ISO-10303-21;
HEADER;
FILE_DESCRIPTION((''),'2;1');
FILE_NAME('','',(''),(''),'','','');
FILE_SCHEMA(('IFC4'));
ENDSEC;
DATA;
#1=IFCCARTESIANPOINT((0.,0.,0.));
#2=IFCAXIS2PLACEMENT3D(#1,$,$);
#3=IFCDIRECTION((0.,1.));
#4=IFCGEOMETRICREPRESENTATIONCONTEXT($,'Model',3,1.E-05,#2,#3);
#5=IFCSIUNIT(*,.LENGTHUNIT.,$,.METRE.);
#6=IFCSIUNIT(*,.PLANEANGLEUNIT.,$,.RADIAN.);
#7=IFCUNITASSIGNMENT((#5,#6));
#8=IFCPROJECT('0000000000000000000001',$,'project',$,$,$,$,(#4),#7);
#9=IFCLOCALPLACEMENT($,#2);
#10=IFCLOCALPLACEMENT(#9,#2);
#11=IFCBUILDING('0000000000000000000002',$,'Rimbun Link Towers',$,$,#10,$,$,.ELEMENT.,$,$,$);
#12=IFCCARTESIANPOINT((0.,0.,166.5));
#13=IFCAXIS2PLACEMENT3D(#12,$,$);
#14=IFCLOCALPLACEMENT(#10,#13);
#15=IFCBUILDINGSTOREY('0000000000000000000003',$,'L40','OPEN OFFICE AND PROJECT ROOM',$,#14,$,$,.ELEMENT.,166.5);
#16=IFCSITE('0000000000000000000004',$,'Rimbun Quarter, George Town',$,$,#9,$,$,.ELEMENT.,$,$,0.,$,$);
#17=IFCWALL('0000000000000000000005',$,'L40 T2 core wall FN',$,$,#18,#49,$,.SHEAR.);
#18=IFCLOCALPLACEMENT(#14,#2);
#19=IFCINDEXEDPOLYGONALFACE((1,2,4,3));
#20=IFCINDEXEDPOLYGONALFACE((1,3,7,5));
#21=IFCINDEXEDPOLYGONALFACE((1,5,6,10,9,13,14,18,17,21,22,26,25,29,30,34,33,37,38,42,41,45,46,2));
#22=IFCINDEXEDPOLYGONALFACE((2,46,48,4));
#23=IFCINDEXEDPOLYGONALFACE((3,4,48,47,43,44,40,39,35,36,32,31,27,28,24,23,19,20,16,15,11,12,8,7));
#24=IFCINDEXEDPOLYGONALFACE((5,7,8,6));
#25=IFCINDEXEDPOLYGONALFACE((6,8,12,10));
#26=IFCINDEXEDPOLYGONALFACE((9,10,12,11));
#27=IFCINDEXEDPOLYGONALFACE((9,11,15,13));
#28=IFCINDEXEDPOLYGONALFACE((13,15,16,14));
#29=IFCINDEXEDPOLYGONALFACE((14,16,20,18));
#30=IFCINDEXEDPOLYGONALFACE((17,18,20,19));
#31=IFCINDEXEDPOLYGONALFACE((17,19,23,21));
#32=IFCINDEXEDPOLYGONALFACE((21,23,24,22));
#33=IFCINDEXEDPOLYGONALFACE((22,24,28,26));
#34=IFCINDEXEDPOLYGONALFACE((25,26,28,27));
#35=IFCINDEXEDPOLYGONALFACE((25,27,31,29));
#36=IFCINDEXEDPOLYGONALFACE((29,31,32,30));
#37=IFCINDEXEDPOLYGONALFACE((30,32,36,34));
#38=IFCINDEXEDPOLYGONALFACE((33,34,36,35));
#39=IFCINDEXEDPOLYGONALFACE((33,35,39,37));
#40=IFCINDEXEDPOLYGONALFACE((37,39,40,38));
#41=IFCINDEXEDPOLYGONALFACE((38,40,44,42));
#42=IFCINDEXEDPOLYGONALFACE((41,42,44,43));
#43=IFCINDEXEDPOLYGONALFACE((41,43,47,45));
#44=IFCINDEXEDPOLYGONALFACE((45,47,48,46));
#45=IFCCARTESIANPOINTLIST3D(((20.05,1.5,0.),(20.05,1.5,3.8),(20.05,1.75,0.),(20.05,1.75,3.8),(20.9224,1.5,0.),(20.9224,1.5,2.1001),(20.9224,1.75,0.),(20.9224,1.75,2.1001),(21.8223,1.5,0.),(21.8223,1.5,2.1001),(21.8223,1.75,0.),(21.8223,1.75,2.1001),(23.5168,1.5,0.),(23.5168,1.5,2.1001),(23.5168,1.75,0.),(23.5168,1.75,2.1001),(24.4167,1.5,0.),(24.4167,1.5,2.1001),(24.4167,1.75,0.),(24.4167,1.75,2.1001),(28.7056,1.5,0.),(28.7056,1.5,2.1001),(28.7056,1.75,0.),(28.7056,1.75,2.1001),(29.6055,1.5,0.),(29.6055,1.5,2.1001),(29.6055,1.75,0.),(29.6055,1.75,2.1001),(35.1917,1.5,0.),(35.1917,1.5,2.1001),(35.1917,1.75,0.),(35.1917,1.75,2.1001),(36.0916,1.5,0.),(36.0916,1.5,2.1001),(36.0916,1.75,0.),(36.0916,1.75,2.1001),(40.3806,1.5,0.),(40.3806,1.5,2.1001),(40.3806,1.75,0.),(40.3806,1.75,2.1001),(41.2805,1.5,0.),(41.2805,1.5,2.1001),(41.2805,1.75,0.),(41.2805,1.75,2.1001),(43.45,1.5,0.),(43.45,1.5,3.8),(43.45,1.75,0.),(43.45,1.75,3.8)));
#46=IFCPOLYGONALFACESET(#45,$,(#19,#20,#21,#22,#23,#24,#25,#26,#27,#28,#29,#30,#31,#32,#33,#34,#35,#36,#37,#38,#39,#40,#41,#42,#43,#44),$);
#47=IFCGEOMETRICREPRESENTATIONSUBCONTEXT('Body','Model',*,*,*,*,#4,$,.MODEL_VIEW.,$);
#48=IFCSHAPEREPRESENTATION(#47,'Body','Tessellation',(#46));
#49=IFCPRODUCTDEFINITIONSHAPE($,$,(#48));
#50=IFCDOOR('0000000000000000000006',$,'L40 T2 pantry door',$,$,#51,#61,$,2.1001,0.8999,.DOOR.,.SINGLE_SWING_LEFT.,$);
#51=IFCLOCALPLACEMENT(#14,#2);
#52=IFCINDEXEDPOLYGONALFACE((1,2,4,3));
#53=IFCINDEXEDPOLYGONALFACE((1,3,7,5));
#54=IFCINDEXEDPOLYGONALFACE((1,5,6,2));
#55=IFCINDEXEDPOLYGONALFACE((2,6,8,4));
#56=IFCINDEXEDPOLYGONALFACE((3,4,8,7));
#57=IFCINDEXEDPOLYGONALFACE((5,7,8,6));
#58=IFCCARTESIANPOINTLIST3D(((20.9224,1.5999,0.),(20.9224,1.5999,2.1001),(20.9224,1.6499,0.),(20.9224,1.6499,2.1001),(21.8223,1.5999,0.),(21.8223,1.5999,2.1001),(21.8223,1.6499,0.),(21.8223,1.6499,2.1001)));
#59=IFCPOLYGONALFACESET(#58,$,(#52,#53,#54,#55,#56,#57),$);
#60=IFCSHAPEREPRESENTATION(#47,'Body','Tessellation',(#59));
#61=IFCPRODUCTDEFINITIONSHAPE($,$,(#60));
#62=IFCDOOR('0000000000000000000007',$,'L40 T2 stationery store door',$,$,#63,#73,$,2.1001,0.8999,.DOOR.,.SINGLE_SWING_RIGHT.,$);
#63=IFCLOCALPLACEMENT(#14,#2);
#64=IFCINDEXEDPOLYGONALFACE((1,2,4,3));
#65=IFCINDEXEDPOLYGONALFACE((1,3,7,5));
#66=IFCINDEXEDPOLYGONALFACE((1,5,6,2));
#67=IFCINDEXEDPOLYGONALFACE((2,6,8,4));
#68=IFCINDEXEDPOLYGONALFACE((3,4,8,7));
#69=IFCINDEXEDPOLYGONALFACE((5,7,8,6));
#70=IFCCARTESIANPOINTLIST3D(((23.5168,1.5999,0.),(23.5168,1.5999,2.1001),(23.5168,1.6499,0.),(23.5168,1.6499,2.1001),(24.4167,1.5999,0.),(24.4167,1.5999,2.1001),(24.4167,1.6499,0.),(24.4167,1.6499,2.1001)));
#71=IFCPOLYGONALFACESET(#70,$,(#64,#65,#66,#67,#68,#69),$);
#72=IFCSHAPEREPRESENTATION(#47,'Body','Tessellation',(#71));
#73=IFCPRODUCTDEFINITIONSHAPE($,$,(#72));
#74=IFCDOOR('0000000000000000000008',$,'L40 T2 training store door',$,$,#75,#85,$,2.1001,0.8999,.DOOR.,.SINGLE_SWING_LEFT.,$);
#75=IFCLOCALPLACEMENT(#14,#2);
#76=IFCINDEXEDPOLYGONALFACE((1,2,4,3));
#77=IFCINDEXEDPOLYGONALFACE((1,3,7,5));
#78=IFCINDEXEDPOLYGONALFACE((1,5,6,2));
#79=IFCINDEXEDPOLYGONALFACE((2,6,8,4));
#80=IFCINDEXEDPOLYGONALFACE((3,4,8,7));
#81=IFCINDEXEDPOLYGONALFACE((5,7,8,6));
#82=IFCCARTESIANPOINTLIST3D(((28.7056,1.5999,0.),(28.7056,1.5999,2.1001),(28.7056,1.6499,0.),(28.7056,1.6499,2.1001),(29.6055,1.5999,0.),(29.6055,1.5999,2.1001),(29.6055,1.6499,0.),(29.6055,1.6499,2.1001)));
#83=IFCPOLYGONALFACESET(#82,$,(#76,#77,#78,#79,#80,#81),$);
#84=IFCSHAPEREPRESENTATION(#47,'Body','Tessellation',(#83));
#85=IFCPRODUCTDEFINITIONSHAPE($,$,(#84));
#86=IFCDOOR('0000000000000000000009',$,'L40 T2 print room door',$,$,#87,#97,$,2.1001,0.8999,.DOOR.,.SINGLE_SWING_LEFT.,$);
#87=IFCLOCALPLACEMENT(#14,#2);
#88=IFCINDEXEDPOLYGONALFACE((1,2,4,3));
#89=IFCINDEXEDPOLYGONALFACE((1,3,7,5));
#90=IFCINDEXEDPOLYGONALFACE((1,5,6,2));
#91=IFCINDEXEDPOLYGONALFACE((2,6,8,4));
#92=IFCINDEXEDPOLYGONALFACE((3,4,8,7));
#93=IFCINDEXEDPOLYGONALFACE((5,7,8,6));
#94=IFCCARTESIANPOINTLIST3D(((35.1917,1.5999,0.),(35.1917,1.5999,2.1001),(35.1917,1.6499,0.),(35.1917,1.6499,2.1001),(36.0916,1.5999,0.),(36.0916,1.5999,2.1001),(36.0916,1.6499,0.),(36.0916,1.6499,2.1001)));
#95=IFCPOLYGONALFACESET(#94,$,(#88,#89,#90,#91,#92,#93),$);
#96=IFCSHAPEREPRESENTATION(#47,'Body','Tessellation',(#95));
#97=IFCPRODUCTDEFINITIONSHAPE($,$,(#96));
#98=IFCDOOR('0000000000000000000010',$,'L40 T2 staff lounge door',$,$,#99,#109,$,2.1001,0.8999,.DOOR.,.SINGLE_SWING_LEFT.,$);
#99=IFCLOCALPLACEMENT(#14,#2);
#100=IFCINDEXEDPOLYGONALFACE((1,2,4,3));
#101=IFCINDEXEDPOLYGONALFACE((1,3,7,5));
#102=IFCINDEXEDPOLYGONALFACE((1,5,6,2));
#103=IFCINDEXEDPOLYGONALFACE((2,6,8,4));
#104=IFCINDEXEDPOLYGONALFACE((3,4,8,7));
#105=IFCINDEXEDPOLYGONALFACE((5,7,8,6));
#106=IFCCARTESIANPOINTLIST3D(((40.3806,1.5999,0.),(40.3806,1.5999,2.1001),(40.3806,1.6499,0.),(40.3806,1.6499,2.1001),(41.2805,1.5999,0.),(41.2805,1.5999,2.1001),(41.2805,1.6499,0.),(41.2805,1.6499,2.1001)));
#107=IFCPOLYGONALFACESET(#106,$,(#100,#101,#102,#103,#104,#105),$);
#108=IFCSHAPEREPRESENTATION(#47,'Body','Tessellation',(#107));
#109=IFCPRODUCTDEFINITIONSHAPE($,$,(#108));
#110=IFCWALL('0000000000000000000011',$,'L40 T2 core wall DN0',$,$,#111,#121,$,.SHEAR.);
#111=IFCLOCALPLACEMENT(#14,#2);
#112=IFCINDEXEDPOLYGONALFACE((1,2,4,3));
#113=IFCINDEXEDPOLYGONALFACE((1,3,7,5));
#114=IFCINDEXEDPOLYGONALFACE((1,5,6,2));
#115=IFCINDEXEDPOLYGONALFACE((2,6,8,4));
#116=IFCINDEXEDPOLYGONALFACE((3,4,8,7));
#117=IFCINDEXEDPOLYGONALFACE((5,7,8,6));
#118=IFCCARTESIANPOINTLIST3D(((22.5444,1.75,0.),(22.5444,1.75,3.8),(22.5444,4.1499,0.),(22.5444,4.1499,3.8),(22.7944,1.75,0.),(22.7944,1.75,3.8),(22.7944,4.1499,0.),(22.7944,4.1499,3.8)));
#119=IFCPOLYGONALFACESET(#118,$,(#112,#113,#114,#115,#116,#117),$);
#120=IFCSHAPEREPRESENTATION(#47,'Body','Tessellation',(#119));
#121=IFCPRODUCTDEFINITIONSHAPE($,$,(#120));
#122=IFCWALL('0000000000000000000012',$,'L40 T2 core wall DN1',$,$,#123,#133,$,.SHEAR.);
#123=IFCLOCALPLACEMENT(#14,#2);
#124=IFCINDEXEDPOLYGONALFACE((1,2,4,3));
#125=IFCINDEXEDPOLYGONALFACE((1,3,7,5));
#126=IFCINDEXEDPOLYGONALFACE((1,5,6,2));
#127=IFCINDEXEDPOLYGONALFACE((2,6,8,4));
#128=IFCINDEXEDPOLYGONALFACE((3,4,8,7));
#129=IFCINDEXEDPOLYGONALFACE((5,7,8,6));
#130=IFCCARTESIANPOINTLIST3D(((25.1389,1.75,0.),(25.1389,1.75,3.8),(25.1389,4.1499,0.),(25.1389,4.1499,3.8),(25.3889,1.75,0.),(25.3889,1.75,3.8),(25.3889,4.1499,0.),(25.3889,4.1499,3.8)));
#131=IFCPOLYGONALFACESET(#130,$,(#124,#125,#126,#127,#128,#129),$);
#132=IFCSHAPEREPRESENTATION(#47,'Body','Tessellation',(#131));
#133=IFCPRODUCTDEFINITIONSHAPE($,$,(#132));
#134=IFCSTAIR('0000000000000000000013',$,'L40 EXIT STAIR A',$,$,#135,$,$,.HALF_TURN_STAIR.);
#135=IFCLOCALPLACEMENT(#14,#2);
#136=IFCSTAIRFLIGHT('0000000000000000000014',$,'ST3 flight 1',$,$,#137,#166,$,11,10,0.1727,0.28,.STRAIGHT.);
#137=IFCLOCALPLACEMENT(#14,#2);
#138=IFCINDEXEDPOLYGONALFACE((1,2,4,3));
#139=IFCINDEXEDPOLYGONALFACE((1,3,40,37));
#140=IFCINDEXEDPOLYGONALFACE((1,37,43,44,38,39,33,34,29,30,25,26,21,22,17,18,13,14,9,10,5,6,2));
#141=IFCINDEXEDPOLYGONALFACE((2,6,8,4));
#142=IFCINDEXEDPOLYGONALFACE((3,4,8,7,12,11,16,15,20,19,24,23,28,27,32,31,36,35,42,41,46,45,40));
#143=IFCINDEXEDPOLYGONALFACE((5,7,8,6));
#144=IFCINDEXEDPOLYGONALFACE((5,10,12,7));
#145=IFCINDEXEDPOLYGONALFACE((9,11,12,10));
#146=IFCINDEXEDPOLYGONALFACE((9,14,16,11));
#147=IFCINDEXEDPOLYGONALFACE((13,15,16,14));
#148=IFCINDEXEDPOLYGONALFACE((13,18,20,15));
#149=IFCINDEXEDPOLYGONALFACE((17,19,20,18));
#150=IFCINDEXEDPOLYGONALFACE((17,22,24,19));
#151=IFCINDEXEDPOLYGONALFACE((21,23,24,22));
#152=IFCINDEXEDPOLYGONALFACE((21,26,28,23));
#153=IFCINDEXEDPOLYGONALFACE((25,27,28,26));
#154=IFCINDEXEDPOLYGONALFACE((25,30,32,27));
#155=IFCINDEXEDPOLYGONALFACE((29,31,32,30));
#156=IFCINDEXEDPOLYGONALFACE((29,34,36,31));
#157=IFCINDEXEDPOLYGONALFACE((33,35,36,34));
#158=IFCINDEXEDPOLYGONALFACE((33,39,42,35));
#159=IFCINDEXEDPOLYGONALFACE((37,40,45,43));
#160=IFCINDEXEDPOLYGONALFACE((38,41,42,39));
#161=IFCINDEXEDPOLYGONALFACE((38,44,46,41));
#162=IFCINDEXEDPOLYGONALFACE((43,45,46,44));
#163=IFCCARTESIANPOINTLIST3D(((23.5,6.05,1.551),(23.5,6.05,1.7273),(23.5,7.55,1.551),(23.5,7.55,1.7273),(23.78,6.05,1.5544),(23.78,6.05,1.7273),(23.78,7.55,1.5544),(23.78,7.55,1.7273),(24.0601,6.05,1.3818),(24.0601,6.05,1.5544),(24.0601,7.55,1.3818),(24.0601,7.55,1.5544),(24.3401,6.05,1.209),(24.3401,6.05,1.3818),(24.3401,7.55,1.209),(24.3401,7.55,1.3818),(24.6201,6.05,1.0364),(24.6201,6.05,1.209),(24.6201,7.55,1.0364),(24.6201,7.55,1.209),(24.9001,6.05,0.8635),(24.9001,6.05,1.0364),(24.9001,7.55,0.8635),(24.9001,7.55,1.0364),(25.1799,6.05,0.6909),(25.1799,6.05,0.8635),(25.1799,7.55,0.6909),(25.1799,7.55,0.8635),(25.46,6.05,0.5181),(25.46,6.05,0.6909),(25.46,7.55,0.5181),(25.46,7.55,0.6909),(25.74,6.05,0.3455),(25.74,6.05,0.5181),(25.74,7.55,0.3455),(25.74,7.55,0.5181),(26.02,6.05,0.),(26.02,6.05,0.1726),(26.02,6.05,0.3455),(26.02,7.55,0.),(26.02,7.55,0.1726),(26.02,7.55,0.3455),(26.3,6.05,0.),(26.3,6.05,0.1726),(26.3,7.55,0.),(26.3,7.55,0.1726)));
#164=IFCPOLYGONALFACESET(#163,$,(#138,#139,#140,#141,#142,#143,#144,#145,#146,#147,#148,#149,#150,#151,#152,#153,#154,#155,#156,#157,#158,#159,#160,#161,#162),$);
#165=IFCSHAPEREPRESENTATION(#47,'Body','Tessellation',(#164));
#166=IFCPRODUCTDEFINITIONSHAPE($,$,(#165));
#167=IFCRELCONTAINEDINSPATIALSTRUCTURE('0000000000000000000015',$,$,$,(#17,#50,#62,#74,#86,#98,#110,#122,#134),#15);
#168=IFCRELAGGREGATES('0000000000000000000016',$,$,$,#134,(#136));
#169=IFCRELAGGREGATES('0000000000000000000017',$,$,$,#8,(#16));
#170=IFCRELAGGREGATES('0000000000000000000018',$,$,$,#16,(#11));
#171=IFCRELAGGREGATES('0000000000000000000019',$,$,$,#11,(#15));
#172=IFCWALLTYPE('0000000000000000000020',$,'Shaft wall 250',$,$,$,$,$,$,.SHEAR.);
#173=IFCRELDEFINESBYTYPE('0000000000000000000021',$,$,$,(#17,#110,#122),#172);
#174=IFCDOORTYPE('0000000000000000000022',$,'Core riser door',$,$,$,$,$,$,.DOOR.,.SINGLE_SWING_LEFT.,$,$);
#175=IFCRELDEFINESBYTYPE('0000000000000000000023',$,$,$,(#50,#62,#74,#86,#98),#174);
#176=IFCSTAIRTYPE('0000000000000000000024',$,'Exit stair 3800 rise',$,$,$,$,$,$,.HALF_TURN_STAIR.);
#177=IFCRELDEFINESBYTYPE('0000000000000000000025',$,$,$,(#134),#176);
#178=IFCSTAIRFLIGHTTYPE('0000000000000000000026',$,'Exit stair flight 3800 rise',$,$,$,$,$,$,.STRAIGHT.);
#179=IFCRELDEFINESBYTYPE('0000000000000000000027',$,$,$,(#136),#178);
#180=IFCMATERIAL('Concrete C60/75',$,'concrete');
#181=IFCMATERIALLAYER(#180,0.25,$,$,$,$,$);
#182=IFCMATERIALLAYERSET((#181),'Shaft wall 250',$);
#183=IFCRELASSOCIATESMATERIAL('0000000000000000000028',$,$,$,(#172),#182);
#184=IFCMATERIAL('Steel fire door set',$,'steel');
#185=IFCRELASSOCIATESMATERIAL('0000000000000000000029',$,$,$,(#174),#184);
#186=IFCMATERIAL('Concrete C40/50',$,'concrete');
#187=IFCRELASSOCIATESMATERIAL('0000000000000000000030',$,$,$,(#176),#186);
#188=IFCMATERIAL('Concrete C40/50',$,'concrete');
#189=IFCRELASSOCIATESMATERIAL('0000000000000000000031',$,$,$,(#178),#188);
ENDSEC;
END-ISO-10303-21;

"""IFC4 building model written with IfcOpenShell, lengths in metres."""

from ifc_helpers import new_model, si_unit, direction, frame, frame_2d, origin, place, context, subcontext, project, spatial, polyline, rectangle, outline, extrude, material, layer, layer_set, type_object, element, fill, aggregate, save


model = new_model("IFC4")

# Units and contexts
model_context = context("Model", 3, precision=1e-05, world=origin(), true_north=direction((0.0, 1.0)))
body_context = subcontext(model_context, "Body", "Model", "MODEL_VIEW")
ifc_project = project(units=[si_unit("LENGTHUNIT", "METRE"), si_unit("PLANEANGLEUNIT", "RADIAN")], contexts=[model_context])

# Site, building, storey
site_placement = place(None, origin())
site = spatial("IfcSite", under=ifc_project, at=site_placement, Name="Rimbun Quarter, George Town", CompositionType="ELEMENT", RefElevation=0.0)
building_placement = place(site_placement, origin())
building = spatial("IfcBuilding", under=site, at=building_placement, Name="Rimbun Link Towers", CompositionType="ELEMENT")
storey_placement = place(building_placement, frame((0.0, 0.0, 166.5)))
storey = spatial("IfcBuildingStorey", under=building, at=storey_placement, Name="L40", Description="OPEN OFFICE AND PROJECT ROOM", CompositionType="ELEMENT", Elevation=166.5)

# Shared definitions
ifc_material_1 = material(Name="Concrete C60/75", Category="concrete")
ifc_layer = layer(ifc_material_1, 0.25)
ifc_layer_set = layer_set([ifc_layer], Name="Shaft wall 250")
wall_type = type_object("IfcWallType", Name="Shaft wall 250", PredefinedType="SHEAR", material=ifc_layer_set)

# Wall, openings, doors
wall_1_placement = place(storey_placement, frame((20.05, 1.625, 0.0), z_axis=(0.0, 0.0, 1.0), x_axis=(1.0, 0.0, 0.0)))
wall_1 = element("IfcWall", 1, at=wall_1_placement, inside=storey, type_object=wall_type, Name="L40 T2 core wall FN", PredefinedType="SHEAR", context=body_context, shape_type="SweptSolid", body=[
    extrude(rectangle(XDim=23.3999, YDim=0.25, at=frame_2d((11.7, 0.0))), origin(), (0.0, 0.0, 1.0), 3.8),
])
opening_1_placement = place(wall_1_placement, frame((0.8723, 0.0, 0.0)))
opening_1 = element("IfcOpeningElement", 2, at=opening_1_placement, cuts=wall_1, PredefinedType="OPENING", context=body_context, shape_type="SweptSolid", body=[
    extrude(rectangle(XDim=0.8999, YDim=2.1001, at=frame_2d((0.45, 1.05))), frame((0.0, 0.135, 0.0), z_axis=(0.0, -1.0, 0.0), x_axis=(1.0, 0.0, 0.0)), (0.0, 0.0, 1.0), 0.27),
])
opening_2_placement = place(wall_1_placement, frame((3.4668, 0.0, 0.0)))
opening_2 = element("IfcOpeningElement", 3, at=opening_2_placement, cuts=wall_1, PredefinedType="OPENING", context=body_context, shape_type="SweptSolid", body=[
    extrude(rectangle(XDim=0.8999, YDim=2.1001, at=frame_2d((0.45, 1.05))), frame((0.0, 0.135, 0.0), z_axis=(0.0, -1.0, 0.0), x_axis=(1.0, 0.0, 0.0)), (0.0, 0.0, 1.0), 0.27),
])
opening_3_placement = place(wall_1_placement, frame((8.6555, 0.0, 0.0)))
opening_3 = element("IfcOpeningElement", 4, at=opening_3_placement, cuts=wall_1, PredefinedType="OPENING", context=body_context, shape_type="SweptSolid", body=[
    extrude(rectangle(XDim=0.8999, YDim=2.1001, at=frame_2d((0.45, 1.05))), frame((0.0, 0.135, 0.0), z_axis=(0.0, -1.0, 0.0), x_axis=(1.0, 0.0, 0.0)), (0.0, 0.0, 1.0), 0.27),
])
opening_4_placement = place(wall_1_placement, frame((15.1416, 0.0, 0.0)))
opening_4 = element("IfcOpeningElement", 5, at=opening_4_placement, cuts=wall_1, PredefinedType="OPENING", context=body_context, shape_type="SweptSolid", body=[
    extrude(rectangle(XDim=0.8999, YDim=2.1001, at=frame_2d((0.45, 1.05))), frame((0.0, 0.135, 0.0), z_axis=(0.0, -1.0, 0.0), x_axis=(1.0, 0.0, 0.0)), (0.0, 0.0, 1.0), 0.27),
])
opening_5_placement = place(wall_1_placement, frame((20.3306, 0.0, 0.0)))
opening_5 = element("IfcOpeningElement", 6, at=opening_5_placement, cuts=wall_1, PredefinedType="OPENING", context=body_context, shape_type="SweptSolid", body=[
    extrude(rectangle(XDim=0.8999, YDim=2.1001, at=frame_2d((0.45, 1.05))), frame((0.0, 0.135, 0.0), z_axis=(0.0, -1.0, 0.0), x_axis=(1.0, 0.0, 0.0)), (0.0, 0.0, 1.0), 0.27),
])
ifc_material_2 = material(Name="Steel fire door set", Category="steel")
door_type = type_object("IfcDoorType", Name="Core riser door", OperationType="SINGLE_SWING_LEFT", PredefinedType="DOOR", material=ifc_material_2)
door_1_placement = place(opening_1_placement, origin())
door_1 = element("IfcDoor", 7, at=door_1_placement, inside=storey, type_object=door_type, Name="L40 T2 pantry door", OperationType="SINGLE_SWING_LEFT", OverallHeight=2.1001, OverallWidth=0.8999, PredefinedType="DOOR", context=body_context, shape_type="SweptSolid", body=[
    extrude(rectangle(XDim=0.8999, YDim=2.1001, at=frame_2d((0.45, 1.05))), frame((0.0, 0.0249, 0.0), z_axis=(0.0, -1.0, 0.0), x_axis=(1.0, 0.0, 0.0)), (0.0, 0.0, 1.0), 0.05),
])
fill(opening_1, door_1)
door_2_placement = place(opening_2_placement, origin())
door_2 = element("IfcDoor", 8, at=door_2_placement, inside=storey, type_object=door_type, Name="L40 T2 stationery store door", OperationType="SINGLE_SWING_RIGHT", OverallHeight=2.1001, OverallWidth=0.8999, PredefinedType="DOOR", context=body_context, shape_type="SweptSolid", body=[
    extrude(rectangle(XDim=0.8999, YDim=2.1001, at=frame_2d((0.45, 1.05))), frame((0.0, 0.0249, 0.0), z_axis=(0.0, -1.0, 0.0), x_axis=(1.0, 0.0, 0.0)), (0.0, 0.0, 1.0), 0.05),
])
fill(opening_2, door_2)
door_3_placement = place(opening_3_placement, origin())
door_3 = element("IfcDoor", 9, at=door_3_placement, inside=storey, type_object=door_type, Name="L40 T2 training store door", OperationType="SINGLE_SWING_LEFT", OverallHeight=2.1001, OverallWidth=0.8999, PredefinedType="DOOR", context=body_context, shape_type="SweptSolid", body=[
    extrude(rectangle(XDim=0.8999, YDim=2.1001, at=frame_2d((0.45, 1.05))), frame((0.0, 0.0249, 0.0), z_axis=(0.0, -1.0, 0.0), x_axis=(1.0, 0.0, 0.0)), (0.0, 0.0, 1.0), 0.05),
])
fill(opening_3, door_3)
door_4_placement = place(opening_4_placement, origin())
door_4 = element("IfcDoor", 10, at=door_4_placement, inside=storey, type_object=door_type, Name="L40 T2 print room door", OperationType="SINGLE_SWING_LEFT", OverallHeight=2.1001, OverallWidth=0.8999, PredefinedType="DOOR", context=body_context, shape_type="SweptSolid", body=[
    extrude(rectangle(XDim=0.8999, YDim=2.1001, at=frame_2d((0.45, 1.05))), frame((0.0, 0.0249, 0.0), z_axis=(0.0, -1.0, 0.0), x_axis=(1.0, 0.0, 0.0)), (0.0, 0.0, 1.0), 0.05),
])
fill(opening_4, door_4)
door_5_placement = place(opening_5_placement, origin())
door_5 = element("IfcDoor", 11, at=door_5_placement, inside=storey, type_object=door_type, Name="L40 T2 staff lounge door", OperationType="SINGLE_SWING_LEFT", OverallHeight=2.1001, OverallWidth=0.8999, PredefinedType="DOOR", context=body_context, shape_type="SweptSolid", body=[
    extrude(rectangle(XDim=0.8999, YDim=2.1001, at=frame_2d((0.45, 1.05))), frame((0.0, 0.0249, 0.0), z_axis=(0.0, -1.0, 0.0), x_axis=(1.0, 0.0, 0.0)), (0.0, 0.0, 1.0), 0.05),
])
fill(opening_5, door_5)

# Walls
for number, where, z_axis, x_axis, name in (
    (12, (22.6694, 1.75, 0.0), (0.0, 0.0, 1.0), (0.0, 1.0, 0.0), "L40 T2 core wall DN0"),
    (13, (25.2639, 1.75, 0.0), (0.0, 0.0, 1.0), (0.0, 1.0, 0.0), "L40 T2 core wall DN1"),
):
    element("IfcWall", number, at=place(storey_placement, frame(where, z_axis=z_axis, x_axis=x_axis)), inside=storey, type_object=wall_type, Name=name, PredefinedType="SHEAR", context=body_context, shape_type="SweptSolid", body=[
        extrude(rectangle(XDim=2.3999, YDim=0.25, at=frame_2d((1.2, 0.0))), origin(), (0.0, 0.0, 1.0), 3.8),
    ])

# Stair, stair flight
ifc_material_3 = material(Name="Concrete C40/50", Category="concrete")
stair_type = type_object("IfcStairType", Name="Exit stair 3800 rise", PredefinedType="HALF_TURN_STAIR", material=ifc_material_3)
stair_placement = place(storey_placement, origin())
stair = element("IfcStair", 14, at=stair_placement, inside=storey, type_object=stair_type, Name="L40 EXIT STAIR A", PredefinedType="HALF_TURN_STAIR")
ifc_material_4 = material(Name="Concrete C40/50", Category="concrete")
stair_flight_type = type_object("IfcStairFlightType", Name="Exit stair flight 3800 rise", PredefinedType="STRAIGHT", material=ifc_material_4)
stair_flight_1_placement = place(storey_placement, frame((26.3, 6.8, 0.0), z_axis=(0.0, 0.0, 1.0), x_axis=(-1.0, 0.0, 0.0)))
stair_flight_1 = element("IfcStairFlight", 15, at=stair_flight_1_placement, type_object=stair_flight_type, Name="ST3 flight 1", NumberOfRisers=11, NumberOfTreads=10, PredefinedType="STRAIGHT", RiserHeight=0.1727, TreadLength=0.28, context=body_context, shape_type="SweptSolid", body=[
    extrude(outline(polyline([(0.0, 0.0), (0.0, 0.1726), (0.28, 0.1726), (0.28, 0.3455), (0.5601, 0.3455), (0.5601, 0.5181), (0.8401, 0.5181), (0.8401, 0.6909), (1.1201, 0.6909), (1.1201, 0.8635), (1.3999, 0.8635), (1.3999, 1.0364), (1.6799, 1.0364), (1.6799, 1.209), (1.96, 1.209), (1.96, 1.3818), (2.24, 1.3818), (2.24, 1.5544), (2.52, 1.5544), (2.52, 1.7273), (2.8, 1.7273), (2.8, 1.8999), (2.8, 1.551), (0.28, 0.0), (0.0, 0.0)])), frame((0.0, 0.75, 0.0), z_axis=(0.0, -1.0, 0.0), x_axis=(1.0, 0.0, 0.0)), (0.0, 0.0, 1.0), 1.5),
])
aggregate(stair, [stair_flight_1])

save(model, "model.ifc")
